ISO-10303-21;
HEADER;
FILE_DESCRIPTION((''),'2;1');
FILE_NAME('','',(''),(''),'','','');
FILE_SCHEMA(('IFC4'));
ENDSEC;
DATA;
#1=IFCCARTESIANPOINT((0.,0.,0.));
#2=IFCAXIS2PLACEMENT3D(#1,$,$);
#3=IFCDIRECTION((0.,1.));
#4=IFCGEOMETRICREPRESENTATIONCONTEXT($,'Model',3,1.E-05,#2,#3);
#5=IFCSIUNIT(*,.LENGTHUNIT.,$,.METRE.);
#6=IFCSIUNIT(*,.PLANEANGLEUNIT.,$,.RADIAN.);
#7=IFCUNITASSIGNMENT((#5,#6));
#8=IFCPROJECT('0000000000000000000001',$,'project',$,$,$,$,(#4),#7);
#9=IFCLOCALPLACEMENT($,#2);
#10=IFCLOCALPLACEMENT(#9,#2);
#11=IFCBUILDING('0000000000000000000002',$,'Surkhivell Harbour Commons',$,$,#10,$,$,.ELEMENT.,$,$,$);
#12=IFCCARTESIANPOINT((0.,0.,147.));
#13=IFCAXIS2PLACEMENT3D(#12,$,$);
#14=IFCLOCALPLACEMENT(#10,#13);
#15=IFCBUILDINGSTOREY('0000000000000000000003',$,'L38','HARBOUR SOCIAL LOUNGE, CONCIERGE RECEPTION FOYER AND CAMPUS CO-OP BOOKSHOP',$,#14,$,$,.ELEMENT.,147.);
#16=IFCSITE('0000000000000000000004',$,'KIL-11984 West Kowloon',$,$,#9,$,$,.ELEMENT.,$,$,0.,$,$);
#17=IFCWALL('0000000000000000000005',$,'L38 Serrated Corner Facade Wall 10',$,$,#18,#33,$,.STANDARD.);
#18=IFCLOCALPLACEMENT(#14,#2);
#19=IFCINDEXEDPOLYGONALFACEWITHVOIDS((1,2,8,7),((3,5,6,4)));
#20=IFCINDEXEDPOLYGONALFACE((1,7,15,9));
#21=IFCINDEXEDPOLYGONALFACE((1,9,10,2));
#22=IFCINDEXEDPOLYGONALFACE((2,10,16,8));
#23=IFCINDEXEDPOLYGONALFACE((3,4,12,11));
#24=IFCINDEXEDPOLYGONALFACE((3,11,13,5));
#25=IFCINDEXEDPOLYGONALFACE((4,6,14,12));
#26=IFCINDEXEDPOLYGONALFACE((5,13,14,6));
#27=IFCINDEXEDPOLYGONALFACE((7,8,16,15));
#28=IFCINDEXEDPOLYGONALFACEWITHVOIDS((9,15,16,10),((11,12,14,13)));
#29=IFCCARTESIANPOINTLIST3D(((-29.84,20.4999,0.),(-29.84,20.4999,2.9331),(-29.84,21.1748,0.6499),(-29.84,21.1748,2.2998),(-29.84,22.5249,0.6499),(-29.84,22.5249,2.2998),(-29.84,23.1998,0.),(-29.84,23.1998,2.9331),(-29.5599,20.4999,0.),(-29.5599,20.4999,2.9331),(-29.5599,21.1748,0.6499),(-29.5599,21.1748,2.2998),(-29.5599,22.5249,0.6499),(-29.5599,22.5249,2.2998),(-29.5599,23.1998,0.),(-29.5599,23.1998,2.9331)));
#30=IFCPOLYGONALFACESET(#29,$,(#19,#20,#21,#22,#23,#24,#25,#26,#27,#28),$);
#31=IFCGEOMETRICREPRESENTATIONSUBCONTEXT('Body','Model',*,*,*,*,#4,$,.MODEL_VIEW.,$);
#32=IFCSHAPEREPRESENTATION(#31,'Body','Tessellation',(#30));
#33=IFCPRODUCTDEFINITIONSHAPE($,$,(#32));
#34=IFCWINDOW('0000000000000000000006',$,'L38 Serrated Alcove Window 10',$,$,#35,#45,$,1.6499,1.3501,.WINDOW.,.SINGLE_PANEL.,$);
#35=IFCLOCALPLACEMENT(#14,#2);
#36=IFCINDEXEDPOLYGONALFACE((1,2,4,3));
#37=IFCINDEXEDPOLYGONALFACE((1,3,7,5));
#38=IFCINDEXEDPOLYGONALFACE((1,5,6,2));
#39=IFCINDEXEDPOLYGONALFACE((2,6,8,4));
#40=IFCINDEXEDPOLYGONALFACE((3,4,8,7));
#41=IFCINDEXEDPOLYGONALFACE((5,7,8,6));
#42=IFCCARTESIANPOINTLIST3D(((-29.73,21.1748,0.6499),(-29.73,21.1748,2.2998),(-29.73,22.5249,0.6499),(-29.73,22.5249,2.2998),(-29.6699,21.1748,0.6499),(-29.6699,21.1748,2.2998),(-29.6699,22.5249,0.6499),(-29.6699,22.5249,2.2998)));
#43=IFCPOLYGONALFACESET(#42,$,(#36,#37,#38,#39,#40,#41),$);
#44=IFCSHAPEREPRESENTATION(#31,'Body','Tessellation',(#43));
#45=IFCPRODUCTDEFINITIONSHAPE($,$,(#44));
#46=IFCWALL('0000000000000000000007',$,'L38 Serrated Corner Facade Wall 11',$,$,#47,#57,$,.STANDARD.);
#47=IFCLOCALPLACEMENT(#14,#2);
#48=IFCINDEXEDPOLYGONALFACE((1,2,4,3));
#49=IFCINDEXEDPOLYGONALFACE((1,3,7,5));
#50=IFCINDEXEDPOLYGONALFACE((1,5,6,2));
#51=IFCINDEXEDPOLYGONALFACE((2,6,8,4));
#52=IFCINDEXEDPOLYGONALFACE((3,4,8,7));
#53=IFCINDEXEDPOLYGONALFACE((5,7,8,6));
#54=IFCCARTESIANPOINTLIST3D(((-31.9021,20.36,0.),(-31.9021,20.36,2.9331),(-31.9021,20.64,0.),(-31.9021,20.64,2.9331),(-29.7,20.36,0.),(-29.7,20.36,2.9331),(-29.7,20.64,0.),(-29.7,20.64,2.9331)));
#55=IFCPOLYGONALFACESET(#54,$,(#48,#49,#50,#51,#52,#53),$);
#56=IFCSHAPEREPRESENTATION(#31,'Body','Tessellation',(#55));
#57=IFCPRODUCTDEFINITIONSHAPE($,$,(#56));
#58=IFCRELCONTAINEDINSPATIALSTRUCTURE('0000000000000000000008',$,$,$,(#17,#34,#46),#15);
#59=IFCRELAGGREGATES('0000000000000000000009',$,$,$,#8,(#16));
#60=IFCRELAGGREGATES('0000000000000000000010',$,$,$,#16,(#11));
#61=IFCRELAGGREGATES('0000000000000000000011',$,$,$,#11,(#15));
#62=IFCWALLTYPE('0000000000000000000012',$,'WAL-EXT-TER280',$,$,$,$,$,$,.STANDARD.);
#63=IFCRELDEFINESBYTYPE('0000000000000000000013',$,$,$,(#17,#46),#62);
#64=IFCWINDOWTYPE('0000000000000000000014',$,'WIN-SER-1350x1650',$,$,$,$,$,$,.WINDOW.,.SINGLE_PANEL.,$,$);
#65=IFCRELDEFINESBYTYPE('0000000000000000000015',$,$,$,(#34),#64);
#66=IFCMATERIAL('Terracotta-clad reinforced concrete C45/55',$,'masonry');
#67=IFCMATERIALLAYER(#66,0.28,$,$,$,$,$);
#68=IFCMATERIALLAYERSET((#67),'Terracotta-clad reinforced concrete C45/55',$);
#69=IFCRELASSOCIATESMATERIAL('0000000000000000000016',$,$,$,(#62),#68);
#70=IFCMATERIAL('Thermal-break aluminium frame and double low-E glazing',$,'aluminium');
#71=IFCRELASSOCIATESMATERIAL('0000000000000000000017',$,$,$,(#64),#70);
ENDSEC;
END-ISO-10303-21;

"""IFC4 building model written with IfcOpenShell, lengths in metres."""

from ifc_helpers import new_model, si_unit, direction, frame, frame_2d, origin, place, context, subcontext, project, spatial, rectangle, extrude, material, layer, layer_set, type_object, element, fill, save


model = new_model("IFC4")

# Units and contexts
model_context = context("Model", 3, precision=1e-05, world=origin(), true_north=direction((0.0, 1.0)))
body_context = subcontext(model_context, "Body", "Model", "MODEL_VIEW")
ifc_project = project(units=[si_unit("LENGTHUNIT", "METRE"), si_unit("PLANEANGLEUNIT", "RADIAN")], contexts=[model_context])

# Site, building, storey
site_placement = place(None, origin())
site = spatial("IfcSite", under=ifc_project, at=site_placement, Name="KIL-11984 West Kowloon", CompositionType="ELEMENT", RefElevation=0.0)
building_placement = place(site_placement, origin())
building = spatial("IfcBuilding", under=site, at=building_placement, Name="Surkhivell Harbour Commons", CompositionType="ELEMENT")
storey_placement = place(building_placement, frame((0.0, 0.0, 147.0)))
storey = spatial("IfcBuildingStorey", under=building, at=storey_placement, Name="L38", Description="HARBOUR SOCIAL LOUNGE, CONCIERGE RECEPTION FOYER AND CAMPUS CO-OP BOOKSHOP", CompositionType="ELEMENT", Elevation=147.0)

# Shared definitions
ifc_material_1 = material(Name="Terracotta-clad reinforced concrete C45/55", Category="masonry")
ifc_layer_1 = layer(ifc_material_1, 0.28)
ifc_layer_set_1 = layer_set([ifc_layer_1], Name="Terracotta-clad reinforced concrete C45/55")
wall_type = type_object("IfcWallType", Name="WAL-EXT-TER280", PredefinedType="STANDARD", material=ifc_layer_set_1)

# Wall, opening, window
wall_1_placement = place(storey_placement, frame((-29.7, 23.2, 0.0), z_axis=(0.0, 0.0, 1.0), x_axis=(0.0, -1.0, 0.0)))
wall_1 = element("IfcWall", 1, at=wall_1_placement, inside=storey, type_object=wall_type, Name="L38 Serrated Corner Facade Wall 10", PredefinedType="STANDARD", context=body_context, shape_type="SweptSolid", body=[
    extrude(rectangle(XDim=2.7, YDim=0.28, at=frame_2d((1.3501, 0.0))), origin(), (0.0, 0.0, 1.0), 2.9331),
])
opening_placement = place(wall_1_placement, frame((0.675, 0.0, 0.6499)))
opening = element("IfcOpeningElement", 2, at=opening_placement, cuts=wall_1, PredefinedType="OPENING", context=body_context, shape_type="SweptSolid", body=[
    extrude(rectangle(XDim=1.3501, YDim=1.6499, at=frame_2d((0.675, 0.825))), frame((0.0, 0.1499, 0.0), z_axis=(0.0, -1.0, 0.0), x_axis=(1.0, 0.0, 0.0)), (0.0, 0.0, 1.0), 0.3),
])
ifc_material_2 = material(Name="Thermal-break aluminium frame and double low-E glazing", Category="aluminium")
window_type = type_object("IfcWindowType", Name="WIN-SER-1350x1650", PartitioningType="SINGLE_PANEL", PredefinedType="WINDOW", material=ifc_material_2)
window_placement = place(opening_placement, origin())
window = element("IfcWindow", 3, at=window_placement, inside=storey, type_object=window_type, Name="L38 Serrated Alcove Window 10", OverallHeight=1.6499, OverallWidth=1.3501, PartitioningType="SINGLE_PANEL", PredefinedType="WINDOW", context=body_context, shape_type="SweptSolid", body=[
    extrude(rectangle(XDim=1.3501, YDim=1.6499, at=frame_2d((0.675, 0.825))), frame((0.0, 0.03, 0.0), z_axis=(0.0, -1.0, 0.0), x_axis=(1.0, 0.0, 0.0)), (0.0, 0.0, 1.0), 0.0601),
])
fill(opening, window)

# Wall
wall_2_placement = place(storey_placement, frame((-29.7, 20.5, 0.0), z_axis=(0.0, 0.0, 1.0), x_axis=(-1.0, 0.0, 0.0)))
element("IfcWall", 4, at=wall_2_placement, inside=storey, type_object=wall_type, Name="L38 Serrated Corner Facade Wall 11", PredefinedType="STANDARD", context=body_context, shape_type="SweptSolid", body=[
    extrude(rectangle(XDim=2.2021, YDim=0.28, at=frame_2d((1.1011, 0.0))), origin(), (0.0, 0.0, 1.0), 2.9331),
])

save(model, "model.ifc")
